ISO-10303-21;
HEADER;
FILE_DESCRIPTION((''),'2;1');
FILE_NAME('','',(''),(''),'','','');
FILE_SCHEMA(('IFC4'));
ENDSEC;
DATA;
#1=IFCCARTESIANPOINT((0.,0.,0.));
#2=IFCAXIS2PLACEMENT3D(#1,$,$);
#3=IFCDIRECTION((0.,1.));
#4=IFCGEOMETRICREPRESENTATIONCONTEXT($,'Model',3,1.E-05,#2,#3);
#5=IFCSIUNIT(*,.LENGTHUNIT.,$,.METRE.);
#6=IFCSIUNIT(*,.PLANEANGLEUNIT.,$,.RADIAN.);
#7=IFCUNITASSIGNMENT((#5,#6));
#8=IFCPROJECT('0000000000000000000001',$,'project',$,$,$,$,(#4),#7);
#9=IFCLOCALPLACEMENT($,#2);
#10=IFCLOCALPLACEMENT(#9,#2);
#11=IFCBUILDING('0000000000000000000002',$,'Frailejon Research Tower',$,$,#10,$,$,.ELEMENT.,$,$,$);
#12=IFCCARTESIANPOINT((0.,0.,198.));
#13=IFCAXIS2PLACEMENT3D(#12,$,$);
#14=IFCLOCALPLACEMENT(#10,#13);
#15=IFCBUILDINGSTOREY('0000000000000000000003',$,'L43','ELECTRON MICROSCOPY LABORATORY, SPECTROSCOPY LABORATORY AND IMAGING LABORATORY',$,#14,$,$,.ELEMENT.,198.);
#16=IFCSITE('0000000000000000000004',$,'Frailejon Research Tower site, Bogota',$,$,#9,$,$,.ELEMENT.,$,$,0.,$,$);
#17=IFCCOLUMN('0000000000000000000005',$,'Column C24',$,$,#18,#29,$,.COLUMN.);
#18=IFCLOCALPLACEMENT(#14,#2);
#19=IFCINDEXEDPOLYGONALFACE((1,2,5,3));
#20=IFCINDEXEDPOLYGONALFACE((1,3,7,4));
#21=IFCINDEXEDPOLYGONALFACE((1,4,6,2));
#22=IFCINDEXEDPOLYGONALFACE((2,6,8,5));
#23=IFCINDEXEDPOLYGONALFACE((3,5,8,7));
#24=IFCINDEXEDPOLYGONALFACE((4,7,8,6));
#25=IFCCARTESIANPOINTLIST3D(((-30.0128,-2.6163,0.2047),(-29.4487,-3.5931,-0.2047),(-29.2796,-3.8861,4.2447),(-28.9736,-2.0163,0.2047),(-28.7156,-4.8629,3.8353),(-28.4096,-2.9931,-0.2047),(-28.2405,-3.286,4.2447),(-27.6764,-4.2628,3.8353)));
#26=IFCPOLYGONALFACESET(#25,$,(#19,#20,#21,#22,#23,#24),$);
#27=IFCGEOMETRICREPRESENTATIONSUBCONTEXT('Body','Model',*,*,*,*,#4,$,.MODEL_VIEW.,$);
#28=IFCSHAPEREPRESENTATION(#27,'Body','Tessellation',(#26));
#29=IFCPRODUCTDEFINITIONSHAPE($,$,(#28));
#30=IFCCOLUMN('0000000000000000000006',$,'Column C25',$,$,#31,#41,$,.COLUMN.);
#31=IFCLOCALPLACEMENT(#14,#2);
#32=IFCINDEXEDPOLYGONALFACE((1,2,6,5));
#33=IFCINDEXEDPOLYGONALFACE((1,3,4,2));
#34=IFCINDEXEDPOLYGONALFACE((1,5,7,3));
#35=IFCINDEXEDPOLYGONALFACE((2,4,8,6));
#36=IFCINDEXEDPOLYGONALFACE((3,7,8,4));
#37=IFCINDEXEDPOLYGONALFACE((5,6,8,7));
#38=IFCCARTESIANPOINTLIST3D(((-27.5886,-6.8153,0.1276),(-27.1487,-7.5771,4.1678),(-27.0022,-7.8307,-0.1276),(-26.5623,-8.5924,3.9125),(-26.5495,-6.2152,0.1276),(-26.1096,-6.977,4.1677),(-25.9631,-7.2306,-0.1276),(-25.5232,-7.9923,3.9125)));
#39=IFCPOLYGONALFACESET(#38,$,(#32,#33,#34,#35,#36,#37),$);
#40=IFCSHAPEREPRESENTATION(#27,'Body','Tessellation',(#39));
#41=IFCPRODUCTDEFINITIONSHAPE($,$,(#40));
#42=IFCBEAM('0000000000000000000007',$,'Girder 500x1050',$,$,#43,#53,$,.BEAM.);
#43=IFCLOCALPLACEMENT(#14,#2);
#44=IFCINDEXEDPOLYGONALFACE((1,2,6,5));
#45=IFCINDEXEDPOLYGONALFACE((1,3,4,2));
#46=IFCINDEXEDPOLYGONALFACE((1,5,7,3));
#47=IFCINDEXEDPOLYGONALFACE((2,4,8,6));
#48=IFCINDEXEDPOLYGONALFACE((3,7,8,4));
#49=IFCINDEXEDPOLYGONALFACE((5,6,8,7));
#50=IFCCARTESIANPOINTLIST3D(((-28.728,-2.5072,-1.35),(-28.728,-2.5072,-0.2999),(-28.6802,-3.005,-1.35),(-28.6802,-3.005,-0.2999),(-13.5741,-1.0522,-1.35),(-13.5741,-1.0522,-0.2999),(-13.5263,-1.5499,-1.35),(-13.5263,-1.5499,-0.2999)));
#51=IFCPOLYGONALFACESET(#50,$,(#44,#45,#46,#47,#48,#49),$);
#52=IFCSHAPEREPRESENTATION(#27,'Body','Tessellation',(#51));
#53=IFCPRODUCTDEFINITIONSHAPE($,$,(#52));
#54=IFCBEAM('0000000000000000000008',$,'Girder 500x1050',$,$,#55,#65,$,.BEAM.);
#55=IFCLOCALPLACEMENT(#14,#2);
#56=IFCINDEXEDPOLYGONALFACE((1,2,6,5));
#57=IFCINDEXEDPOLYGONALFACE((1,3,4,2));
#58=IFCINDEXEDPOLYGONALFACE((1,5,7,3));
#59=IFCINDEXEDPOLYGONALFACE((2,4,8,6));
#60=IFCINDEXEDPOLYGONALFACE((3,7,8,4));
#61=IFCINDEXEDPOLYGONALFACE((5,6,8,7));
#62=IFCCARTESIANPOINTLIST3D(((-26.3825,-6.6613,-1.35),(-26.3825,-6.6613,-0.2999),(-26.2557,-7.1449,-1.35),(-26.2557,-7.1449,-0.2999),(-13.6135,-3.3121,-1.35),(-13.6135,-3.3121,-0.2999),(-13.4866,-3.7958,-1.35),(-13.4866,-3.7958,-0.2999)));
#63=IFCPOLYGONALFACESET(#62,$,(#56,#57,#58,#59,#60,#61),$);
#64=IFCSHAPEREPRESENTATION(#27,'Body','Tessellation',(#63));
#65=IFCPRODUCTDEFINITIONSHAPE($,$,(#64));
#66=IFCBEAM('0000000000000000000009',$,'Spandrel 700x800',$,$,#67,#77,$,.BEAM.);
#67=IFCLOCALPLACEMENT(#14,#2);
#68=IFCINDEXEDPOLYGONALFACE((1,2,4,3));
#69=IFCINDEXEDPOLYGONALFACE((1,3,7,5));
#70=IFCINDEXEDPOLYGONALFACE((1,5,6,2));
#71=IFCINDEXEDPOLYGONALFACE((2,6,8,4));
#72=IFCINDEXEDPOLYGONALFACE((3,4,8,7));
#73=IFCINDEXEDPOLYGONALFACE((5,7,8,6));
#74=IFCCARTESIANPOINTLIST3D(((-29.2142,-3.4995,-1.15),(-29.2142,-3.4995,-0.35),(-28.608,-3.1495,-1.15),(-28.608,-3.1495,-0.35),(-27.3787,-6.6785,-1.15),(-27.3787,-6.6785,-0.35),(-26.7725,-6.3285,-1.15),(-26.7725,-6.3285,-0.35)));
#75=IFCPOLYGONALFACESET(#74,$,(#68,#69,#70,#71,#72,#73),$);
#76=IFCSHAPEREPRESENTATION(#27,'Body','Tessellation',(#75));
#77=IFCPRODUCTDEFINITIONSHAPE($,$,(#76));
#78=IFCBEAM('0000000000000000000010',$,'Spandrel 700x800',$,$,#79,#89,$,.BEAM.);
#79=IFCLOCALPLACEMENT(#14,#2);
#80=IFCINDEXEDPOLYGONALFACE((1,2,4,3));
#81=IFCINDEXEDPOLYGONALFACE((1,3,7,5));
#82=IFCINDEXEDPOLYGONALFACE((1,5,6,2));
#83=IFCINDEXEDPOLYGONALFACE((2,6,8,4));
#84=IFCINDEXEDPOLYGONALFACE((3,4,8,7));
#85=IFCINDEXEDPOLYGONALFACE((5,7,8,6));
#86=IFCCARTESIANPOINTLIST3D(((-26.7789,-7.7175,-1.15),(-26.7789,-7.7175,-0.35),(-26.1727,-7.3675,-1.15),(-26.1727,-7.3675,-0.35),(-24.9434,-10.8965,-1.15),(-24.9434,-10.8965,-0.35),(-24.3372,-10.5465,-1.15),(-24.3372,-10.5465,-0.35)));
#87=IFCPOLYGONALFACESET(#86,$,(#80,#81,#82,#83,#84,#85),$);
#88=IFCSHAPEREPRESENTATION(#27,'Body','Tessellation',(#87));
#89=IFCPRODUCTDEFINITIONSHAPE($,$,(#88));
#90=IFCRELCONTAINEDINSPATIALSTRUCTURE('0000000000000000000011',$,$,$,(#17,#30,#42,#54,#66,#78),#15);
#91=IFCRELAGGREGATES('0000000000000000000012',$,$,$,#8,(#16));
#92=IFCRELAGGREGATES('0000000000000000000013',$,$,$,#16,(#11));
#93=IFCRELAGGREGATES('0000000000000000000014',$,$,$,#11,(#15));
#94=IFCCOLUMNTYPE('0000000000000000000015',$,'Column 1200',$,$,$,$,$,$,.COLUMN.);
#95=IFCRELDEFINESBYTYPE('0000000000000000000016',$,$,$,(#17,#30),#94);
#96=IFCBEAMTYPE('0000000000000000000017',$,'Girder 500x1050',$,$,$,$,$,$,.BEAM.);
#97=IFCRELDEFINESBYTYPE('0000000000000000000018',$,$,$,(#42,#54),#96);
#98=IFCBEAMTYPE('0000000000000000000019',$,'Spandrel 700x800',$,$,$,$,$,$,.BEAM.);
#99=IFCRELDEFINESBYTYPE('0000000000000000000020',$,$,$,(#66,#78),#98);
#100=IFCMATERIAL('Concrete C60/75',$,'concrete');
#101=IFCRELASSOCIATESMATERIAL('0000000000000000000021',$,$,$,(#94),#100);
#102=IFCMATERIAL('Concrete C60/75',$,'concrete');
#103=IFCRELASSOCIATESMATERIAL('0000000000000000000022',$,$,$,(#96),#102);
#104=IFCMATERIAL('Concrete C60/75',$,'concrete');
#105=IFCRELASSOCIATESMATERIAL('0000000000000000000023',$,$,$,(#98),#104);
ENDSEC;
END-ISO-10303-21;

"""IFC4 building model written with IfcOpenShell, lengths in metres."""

from ifc_helpers import new_model, si_unit, direction, frame, origin, origin_2d, place, context, subcontext, project, spatial, rectangle, extrude, material, material_profile, profile_set, type_object, element, save


model = new_model("IFC4")

# Units and contexts
model_context = context("Model", 3, precision=1e-05, world=origin(), true_north=direction((0.0, 1.0)))
body_context = subcontext(model_context, "Body", "Model", "MODEL_VIEW")
ifc_project = project(units=[si_unit("LENGTHUNIT", "METRE"), si_unit("PLANEANGLEUNIT", "RADIAN")], contexts=[model_context])

# Site, building, storey
site_placement = place(None, origin())
site = spatial("IfcSite", under=ifc_project, at=site_placement, Name="Frailejon Research Tower site, Bogota", CompositionType="ELEMENT", RefElevation=0.0)
building_placement = place(site_placement, origin())
building = spatial("IfcBuilding", under=site, at=building_placement, Name="Frailejon Research Tower", CompositionType="ELEMENT")
storey_placement = place(building_placement, frame((0.0, 0.0, 198.0)))
storey = spatial("IfcBuildingStorey", under=building, at=storey_placement, Name="L43", Description="ELECTRON MICROSCOPY LABORATORY, SPECTROSCOPY LABORATORY AND IMAGING LABORATORY", CompositionType="ELEMENT", Elevation=198.0)

# Columns
ifc_material_1 = material(Name="Concrete C60/75", Category="concrete")
ifc_material_profile_1 = material_profile(ifc_material_1, rectangle(XDim=1.2, YDim=1.2, at=origin_2d()), Name="Column 1200")
ifc_profile_set_1 = profile_set([ifc_material_profile_1], Name="Concrete C60/75")
column_type = type_object("IfcColumnType", Name="Column 1200", PredefinedType="COLUMN", material=ifc_profile_set_1)
column_1_placement = place(storey_placement, frame((-29.2112, -2.8047, 0.0), z_axis=(0.170585, -0.295442, 0.940008), x_axis=(0.470058, -0.814039, -0.341153)))
element("IfcColumn", 1, at=column_1_placement, inside=storey, type_object=column_type, Name="Column C24", PredefinedType="COLUMN", context=body_context, shape_type="SweptSolid", body=[
    extrude(rectangle(XDim=1.2, YDim=1.2, at=origin_2d()), origin(), (0.0, 0.0, 1.0), 4.2979),
])
column_2_placement = place(storey_placement, frame((-26.7759, -7.0229, 0.0), z_axis=(0.106402, -0.184226, 0.977108), x_axis=(0.488665, -0.846136, -0.212746)))
element("IfcColumn", 2, at=column_2_placement, inside=storey, type_object=column_type, Name="Column C25", PredefinedType="COLUMN", context=body_context, shape_type="SweptSolid", body=[
    extrude(rectangle(XDim=1.2, YDim=1.2, at=origin_2d()), origin(), (0.0, 0.0, 1.0), 4.1348),
])

# Beams
ifc_material_2 = material(Name="Concrete C60/75", Category="concrete")
ifc_material_profile_2 = material_profile(ifc_material_2, rectangle(XDim=0.5, YDim=1.05, at=origin_2d()), Name="Girder 500x1050")
ifc_profile_set_2 = profile_set([ifc_material_profile_2], Name="Concrete C60/75")
beam_type_1 = type_object("IfcBeamType", Name="Girder 500x1050", PredefinedType="BEAM", material=ifc_profile_set_2)
beam_1_placement = place(storey_placement, frame((-28.7041, -2.7561, -0.825), z_axis=(0.995422, 0.095579, 0.0), x_axis=(-0.095579, 0.995422, 0.0)))
element("IfcBeam", 3, at=beam_1_placement, inside=storey, type_object=beam_type_1, Name="Girder 500x1050", PredefinedType="BEAM", context=body_context, shape_type="SweptSolid", body=[
    extrude(rectangle(XDim=0.5, YDim=1.05, at=origin_2d()), origin(), (0.0, 0.0, 1.0), 15.2236),
])
beam_2_placement = place(storey_placement, frame((-26.3191, -6.9031, -0.825), z_axis=(0.967282, 0.253703, 0.0), x_axis=(-0.253703, 0.967282, 0.0)))
element("IfcBeam", 4, at=beam_2_placement, inside=storey, type_object=beam_type_1, Name="Girder 500x1050", PredefinedType="BEAM", context=body_context, shape_type="SweptSolid", body=[
    extrude(rectangle(XDim=0.5, YDim=1.05, at=origin_2d()), origin(), (0.0, 0.0, 1.0), 13.2009),
])
ifc_material_3 = material(Name="Concrete C60/75", Category="concrete")
ifc_material_profile_3 = material_profile(ifc_material_3, rectangle(XDim=0.7, YDim=0.8, at=origin_2d()), Name="Spandrel 700x800")
ifc_profile_set_3 = profile_set([ifc_material_profile_3], Name="Concrete C60/75")
beam_type_2 = type_object("IfcBeamType", Name="Spandrel 700x800", PredefinedType="BEAM", material=ifc_profile_set_3)
for number, where, z_axis, x_axis, name in (
    (5, (-28.9111, -3.3245, -0.75), (0.500016, -0.866016, 0.0), (0.866016, 0.500016, 0.0), "Spandrel 700x800"),
    (6, (-26.4758, -7.5425, -0.75), (0.500016, -0.866016, 0.0), (0.866016, 0.500016, 0.0), "Spandrel 700x800"),
):
    element("IfcBeam", number, at=place(storey_placement, frame(where, z_axis=z_axis, x_axis=x_axis)), inside=storey, type_object=beam_type_2, Name=name, PredefinedType="BEAM", context=body_context, shape_type="SweptSolid", body=[
        extrude(rectangle(XDim=0.7, YDim=0.8, at=origin_2d()), origin(), (0.0, 0.0, 1.0), 3.6709),
    ])

save(model, "model.ifc")
